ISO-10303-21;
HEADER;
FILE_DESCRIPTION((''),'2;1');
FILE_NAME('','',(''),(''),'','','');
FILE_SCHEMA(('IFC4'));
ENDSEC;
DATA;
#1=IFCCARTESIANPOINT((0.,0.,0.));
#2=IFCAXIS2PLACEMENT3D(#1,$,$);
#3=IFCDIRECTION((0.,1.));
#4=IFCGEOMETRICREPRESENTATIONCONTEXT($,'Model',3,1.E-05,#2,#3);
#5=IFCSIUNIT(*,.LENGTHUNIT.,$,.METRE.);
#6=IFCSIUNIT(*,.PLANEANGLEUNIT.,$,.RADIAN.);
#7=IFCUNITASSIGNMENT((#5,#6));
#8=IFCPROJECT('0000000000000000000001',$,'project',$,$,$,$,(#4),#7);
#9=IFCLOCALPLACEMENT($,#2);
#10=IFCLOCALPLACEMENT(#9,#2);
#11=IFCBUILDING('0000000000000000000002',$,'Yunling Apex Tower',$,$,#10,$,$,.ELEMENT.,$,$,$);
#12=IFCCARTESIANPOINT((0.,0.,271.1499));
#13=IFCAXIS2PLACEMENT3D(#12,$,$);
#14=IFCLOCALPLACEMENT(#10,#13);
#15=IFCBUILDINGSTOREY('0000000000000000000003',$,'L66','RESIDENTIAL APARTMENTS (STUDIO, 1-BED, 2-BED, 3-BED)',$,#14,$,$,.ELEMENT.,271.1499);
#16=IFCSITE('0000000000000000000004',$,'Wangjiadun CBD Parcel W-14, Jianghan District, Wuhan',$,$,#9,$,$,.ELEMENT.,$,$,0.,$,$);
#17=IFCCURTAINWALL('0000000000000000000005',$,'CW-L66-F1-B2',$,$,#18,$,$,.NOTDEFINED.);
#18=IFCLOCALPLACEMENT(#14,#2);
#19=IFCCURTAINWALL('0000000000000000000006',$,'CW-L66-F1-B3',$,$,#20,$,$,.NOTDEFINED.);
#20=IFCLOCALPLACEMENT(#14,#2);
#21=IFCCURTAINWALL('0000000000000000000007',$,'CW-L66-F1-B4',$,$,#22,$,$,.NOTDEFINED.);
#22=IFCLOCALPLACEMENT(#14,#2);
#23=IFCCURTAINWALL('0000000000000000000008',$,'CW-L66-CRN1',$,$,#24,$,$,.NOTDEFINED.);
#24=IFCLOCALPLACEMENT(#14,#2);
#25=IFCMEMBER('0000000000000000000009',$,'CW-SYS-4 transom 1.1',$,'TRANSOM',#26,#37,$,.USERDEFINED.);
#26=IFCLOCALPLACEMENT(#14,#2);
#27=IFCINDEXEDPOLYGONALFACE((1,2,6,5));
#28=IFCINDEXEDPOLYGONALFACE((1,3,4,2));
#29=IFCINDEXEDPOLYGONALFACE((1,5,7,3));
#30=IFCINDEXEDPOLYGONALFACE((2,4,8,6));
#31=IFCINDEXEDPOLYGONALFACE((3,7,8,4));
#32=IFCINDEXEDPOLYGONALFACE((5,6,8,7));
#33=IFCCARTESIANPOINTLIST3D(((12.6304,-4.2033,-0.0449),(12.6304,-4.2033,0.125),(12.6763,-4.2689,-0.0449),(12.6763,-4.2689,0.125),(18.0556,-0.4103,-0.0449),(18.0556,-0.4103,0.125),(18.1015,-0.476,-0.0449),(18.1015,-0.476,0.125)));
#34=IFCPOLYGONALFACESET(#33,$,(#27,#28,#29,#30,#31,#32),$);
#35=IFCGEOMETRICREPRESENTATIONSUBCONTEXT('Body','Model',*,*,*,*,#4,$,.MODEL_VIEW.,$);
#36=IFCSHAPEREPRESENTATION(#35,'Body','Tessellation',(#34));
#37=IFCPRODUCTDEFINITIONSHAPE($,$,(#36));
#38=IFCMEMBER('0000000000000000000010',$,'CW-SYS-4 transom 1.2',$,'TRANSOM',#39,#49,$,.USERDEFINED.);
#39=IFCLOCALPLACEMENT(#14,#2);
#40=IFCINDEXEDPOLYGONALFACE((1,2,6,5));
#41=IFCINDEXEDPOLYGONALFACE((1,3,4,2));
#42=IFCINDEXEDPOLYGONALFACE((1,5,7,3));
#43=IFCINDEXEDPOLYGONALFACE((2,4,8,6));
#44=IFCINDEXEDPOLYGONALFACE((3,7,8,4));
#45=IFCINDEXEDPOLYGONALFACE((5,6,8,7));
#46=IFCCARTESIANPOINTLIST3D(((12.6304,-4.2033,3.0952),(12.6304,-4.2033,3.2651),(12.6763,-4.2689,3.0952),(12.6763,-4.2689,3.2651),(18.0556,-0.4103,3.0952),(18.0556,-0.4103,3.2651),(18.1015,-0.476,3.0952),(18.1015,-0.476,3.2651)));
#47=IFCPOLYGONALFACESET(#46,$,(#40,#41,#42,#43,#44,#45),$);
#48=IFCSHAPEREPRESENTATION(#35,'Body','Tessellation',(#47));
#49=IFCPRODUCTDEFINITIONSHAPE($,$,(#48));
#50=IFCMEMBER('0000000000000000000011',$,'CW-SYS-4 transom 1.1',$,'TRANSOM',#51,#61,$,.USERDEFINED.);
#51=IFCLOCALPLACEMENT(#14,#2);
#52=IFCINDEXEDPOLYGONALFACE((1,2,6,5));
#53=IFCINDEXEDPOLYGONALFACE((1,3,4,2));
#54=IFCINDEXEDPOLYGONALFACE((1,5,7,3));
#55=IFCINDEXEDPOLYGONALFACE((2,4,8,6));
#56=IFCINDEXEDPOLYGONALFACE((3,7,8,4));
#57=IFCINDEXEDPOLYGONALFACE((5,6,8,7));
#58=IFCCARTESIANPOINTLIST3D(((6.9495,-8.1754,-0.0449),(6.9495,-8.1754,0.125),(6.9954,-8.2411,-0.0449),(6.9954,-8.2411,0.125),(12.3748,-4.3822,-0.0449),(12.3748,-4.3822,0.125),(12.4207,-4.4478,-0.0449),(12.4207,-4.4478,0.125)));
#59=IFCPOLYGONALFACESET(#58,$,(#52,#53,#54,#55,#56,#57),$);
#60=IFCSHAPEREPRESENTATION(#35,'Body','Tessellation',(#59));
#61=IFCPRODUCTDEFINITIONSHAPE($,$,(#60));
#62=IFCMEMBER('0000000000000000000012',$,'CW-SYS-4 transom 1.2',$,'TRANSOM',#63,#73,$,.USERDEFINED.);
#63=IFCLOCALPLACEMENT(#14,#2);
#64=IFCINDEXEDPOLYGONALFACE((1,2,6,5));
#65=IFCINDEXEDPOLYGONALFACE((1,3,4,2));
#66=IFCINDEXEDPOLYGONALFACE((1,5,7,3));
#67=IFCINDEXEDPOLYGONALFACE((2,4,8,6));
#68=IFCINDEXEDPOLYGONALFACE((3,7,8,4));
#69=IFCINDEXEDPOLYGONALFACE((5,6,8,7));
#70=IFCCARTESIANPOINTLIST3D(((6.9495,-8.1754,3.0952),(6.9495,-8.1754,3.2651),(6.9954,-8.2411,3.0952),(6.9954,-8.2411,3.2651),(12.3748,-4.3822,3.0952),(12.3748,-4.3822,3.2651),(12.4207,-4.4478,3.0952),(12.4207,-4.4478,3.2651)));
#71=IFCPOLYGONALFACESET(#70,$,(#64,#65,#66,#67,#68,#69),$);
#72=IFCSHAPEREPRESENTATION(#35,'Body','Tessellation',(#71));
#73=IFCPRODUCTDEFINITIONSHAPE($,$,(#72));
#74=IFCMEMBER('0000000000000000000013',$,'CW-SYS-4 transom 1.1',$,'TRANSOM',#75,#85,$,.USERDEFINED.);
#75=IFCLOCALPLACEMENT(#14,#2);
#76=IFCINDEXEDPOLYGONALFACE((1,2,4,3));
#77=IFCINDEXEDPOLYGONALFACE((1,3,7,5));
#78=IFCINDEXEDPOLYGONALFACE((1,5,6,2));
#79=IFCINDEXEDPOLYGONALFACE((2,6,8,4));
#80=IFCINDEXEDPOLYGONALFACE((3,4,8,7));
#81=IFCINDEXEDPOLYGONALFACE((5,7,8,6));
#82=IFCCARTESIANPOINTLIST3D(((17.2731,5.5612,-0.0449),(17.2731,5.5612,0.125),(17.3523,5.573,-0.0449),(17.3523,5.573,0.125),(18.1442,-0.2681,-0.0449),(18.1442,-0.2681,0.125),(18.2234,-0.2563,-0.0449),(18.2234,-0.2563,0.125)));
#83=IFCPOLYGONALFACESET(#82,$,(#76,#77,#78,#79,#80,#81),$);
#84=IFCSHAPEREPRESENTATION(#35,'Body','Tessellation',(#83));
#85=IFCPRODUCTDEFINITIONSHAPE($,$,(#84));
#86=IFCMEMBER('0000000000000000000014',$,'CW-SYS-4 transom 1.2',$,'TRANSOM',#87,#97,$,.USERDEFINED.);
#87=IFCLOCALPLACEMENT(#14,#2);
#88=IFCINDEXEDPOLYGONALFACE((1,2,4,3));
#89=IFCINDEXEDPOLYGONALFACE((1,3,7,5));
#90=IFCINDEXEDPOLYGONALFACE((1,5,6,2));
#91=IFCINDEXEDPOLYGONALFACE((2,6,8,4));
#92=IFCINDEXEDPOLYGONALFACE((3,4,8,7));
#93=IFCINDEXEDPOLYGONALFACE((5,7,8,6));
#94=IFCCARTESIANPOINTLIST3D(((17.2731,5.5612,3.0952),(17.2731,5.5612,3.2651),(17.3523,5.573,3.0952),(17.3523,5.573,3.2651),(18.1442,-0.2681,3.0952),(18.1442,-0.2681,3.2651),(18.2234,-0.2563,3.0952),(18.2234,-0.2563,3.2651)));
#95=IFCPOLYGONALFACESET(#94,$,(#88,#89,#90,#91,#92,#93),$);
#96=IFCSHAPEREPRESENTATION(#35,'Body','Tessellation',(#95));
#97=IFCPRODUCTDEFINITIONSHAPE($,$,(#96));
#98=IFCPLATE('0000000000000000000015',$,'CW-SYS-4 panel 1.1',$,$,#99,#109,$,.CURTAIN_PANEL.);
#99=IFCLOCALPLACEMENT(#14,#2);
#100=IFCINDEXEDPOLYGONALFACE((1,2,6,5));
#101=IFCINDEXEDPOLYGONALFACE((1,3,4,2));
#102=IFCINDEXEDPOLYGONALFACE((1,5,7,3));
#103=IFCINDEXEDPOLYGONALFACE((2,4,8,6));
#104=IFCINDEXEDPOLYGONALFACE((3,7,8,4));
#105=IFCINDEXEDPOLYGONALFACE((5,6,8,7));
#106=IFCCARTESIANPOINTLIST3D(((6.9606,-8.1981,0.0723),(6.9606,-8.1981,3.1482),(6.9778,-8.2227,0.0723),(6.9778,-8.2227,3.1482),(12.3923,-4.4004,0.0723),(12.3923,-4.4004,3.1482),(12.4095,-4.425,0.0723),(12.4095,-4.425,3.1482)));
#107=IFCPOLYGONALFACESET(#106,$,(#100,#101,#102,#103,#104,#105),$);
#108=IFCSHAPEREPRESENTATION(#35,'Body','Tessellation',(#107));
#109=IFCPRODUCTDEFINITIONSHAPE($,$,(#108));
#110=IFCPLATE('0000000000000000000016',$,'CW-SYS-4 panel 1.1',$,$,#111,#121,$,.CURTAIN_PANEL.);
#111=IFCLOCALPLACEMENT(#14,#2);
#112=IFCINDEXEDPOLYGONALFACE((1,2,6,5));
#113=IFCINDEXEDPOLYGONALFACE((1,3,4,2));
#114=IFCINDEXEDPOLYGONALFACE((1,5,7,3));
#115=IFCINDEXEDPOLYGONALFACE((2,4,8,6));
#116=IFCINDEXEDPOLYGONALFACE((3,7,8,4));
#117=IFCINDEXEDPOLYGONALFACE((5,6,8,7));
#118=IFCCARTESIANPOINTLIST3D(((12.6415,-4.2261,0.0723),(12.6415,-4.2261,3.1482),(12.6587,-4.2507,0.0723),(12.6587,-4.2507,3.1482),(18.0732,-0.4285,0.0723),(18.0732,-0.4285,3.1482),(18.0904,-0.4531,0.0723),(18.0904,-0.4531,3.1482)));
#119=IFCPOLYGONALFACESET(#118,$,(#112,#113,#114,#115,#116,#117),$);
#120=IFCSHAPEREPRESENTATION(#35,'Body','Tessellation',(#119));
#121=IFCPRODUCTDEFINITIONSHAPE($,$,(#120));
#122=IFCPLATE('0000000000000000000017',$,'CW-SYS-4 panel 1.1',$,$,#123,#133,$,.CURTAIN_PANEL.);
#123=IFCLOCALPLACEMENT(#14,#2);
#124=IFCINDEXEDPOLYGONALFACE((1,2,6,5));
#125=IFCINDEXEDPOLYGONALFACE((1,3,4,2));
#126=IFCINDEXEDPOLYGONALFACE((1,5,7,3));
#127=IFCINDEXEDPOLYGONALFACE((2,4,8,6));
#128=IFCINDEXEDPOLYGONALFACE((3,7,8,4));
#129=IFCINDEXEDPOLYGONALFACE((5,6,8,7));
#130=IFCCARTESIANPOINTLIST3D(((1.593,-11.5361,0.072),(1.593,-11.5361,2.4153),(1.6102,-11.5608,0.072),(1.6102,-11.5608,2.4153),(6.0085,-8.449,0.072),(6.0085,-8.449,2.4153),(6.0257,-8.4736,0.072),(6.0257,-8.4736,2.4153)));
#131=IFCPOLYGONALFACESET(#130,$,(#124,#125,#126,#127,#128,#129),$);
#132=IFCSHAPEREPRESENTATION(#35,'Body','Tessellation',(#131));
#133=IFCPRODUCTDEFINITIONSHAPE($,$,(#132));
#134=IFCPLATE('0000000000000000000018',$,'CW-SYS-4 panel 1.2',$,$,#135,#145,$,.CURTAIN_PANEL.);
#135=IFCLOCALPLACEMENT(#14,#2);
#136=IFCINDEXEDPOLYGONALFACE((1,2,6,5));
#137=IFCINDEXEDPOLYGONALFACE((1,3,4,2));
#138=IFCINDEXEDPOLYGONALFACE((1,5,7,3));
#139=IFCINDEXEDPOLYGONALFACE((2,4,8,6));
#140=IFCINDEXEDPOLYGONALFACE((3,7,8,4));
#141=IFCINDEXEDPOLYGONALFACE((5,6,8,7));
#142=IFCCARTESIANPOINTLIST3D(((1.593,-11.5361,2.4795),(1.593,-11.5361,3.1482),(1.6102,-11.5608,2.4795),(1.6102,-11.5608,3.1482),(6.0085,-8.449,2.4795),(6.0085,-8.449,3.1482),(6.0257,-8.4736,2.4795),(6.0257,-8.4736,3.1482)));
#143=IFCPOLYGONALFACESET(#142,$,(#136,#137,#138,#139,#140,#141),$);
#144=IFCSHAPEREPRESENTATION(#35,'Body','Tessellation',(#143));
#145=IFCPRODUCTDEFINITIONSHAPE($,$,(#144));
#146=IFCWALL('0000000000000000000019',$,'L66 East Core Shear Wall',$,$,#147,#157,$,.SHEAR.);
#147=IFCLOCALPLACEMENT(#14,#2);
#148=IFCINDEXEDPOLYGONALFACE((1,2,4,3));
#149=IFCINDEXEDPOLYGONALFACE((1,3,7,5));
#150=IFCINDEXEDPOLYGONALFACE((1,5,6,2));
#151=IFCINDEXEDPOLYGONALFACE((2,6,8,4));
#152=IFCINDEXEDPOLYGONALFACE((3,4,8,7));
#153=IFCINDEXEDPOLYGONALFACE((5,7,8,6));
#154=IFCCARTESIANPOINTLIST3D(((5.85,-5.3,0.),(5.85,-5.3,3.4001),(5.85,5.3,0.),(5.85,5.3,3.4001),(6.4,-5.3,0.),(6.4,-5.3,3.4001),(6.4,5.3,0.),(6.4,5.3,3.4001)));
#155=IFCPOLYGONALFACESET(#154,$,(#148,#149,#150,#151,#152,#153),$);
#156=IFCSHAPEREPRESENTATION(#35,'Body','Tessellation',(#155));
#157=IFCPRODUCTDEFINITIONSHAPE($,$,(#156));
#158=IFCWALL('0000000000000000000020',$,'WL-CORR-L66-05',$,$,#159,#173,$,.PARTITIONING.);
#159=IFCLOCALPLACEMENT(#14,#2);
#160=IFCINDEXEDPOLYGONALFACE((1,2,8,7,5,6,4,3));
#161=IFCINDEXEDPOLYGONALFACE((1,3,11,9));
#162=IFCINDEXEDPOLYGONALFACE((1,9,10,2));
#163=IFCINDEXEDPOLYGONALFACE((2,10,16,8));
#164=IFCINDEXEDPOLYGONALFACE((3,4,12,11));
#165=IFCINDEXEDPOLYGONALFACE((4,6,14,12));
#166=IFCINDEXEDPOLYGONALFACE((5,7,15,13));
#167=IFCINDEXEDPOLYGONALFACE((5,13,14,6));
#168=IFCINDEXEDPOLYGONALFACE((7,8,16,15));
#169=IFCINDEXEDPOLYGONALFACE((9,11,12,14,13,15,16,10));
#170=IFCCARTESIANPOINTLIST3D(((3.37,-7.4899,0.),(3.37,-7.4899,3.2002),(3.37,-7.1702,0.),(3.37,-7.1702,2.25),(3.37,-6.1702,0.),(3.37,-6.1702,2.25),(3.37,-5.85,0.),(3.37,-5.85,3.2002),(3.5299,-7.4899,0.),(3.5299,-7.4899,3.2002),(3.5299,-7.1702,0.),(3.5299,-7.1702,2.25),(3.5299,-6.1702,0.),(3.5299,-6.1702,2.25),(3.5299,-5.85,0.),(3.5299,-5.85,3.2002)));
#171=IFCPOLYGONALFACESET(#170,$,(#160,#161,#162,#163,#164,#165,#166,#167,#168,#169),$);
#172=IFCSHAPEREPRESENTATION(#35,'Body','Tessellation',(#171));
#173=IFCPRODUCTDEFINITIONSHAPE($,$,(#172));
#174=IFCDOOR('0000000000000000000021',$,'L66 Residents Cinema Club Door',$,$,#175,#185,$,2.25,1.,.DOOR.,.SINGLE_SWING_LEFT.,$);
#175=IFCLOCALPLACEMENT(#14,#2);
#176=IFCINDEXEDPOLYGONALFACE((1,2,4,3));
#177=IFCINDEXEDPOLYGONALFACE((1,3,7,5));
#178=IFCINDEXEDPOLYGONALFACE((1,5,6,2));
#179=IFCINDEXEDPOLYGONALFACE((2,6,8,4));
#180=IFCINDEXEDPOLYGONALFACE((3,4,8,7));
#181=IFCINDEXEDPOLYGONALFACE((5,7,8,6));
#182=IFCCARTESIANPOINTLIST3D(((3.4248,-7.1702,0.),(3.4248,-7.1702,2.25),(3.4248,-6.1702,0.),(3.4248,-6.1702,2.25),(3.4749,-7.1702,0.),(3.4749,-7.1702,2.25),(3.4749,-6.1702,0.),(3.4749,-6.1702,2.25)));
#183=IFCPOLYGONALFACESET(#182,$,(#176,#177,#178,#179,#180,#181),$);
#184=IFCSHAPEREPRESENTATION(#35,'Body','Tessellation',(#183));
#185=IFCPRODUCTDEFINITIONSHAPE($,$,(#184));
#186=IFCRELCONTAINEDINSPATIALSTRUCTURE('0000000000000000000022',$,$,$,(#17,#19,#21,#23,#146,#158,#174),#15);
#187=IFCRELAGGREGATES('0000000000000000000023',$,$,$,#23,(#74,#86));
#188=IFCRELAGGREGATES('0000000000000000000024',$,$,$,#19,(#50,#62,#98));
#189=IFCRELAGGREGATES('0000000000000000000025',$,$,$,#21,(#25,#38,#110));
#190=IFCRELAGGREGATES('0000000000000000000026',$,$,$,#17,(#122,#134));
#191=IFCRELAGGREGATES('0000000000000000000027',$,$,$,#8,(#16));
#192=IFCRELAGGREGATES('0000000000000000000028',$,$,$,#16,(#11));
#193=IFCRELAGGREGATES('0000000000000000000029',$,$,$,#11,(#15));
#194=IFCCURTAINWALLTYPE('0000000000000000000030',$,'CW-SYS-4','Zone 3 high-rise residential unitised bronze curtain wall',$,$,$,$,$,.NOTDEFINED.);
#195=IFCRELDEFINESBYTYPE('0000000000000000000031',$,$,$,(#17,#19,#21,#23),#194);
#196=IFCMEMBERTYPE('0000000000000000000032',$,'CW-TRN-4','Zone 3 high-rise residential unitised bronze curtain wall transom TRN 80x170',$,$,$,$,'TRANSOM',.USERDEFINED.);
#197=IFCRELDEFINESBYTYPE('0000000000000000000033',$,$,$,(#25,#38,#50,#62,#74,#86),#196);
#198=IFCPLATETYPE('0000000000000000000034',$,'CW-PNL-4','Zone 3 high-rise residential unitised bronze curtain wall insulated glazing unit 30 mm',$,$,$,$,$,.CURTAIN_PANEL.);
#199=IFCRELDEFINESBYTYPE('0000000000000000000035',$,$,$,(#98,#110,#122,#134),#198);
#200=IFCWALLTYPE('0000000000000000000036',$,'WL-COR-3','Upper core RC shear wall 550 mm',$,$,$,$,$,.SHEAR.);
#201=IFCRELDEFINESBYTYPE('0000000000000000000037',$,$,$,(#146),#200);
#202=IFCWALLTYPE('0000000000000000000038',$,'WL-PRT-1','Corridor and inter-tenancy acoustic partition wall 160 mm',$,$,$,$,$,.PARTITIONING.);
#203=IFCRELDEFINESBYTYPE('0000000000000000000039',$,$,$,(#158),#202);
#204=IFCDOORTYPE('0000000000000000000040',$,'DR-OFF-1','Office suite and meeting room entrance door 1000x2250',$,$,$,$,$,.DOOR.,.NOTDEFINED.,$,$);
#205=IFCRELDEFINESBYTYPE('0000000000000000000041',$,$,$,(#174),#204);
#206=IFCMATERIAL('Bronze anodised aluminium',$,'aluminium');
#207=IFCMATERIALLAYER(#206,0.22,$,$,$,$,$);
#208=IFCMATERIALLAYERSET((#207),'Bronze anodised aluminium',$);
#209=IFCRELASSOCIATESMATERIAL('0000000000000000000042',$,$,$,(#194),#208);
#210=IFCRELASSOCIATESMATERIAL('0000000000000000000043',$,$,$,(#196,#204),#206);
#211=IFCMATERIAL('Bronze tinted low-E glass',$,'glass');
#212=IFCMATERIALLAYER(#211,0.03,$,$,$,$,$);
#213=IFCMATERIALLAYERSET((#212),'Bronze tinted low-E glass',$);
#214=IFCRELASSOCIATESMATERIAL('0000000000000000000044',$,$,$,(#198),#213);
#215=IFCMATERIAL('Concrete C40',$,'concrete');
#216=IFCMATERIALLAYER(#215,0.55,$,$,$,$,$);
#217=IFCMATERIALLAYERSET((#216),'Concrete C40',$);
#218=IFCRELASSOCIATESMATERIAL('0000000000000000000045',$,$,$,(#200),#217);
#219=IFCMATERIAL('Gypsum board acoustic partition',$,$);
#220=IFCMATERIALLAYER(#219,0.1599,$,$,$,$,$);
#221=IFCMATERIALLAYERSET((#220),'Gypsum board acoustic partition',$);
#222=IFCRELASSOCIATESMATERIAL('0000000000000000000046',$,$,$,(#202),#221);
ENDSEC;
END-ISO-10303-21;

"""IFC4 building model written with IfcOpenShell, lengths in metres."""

from ifc_helpers import new_model, si_unit, direction, frame, frame_2d, origin, origin_2d, place, context, subcontext, project, spatial, rectangle, extrude, source, transform, mapped, material, layer, layer_set, material_profile, profile_set, type_object, element, fill, aggregate, save


model = new_model("IFC4")

# Units and contexts
model_context = context("Model", 3, precision=1e-05, world=origin(), true_north=direction((0.0, 1.0)))
body_context = subcontext(model_context, "Body", "Model", "MODEL_VIEW")
ifc_project = project(units=[si_unit("LENGTHUNIT", "METRE"), si_unit("PLANEANGLEUNIT", "RADIAN")], contexts=[model_context])

# Site, building, storey
site_placement = place(None, origin())
site = spatial("IfcSite", under=ifc_project, at=site_placement, Name="Wangjiadun CBD Parcel W-14, Jianghan District, Wuhan", CompositionType="ELEMENT", RefElevation=0.0)
building_placement = place(site_placement, origin())
building = spatial("IfcBuilding", under=site, at=building_placement, Name="Yunling Apex Tower", CompositionType="ELEMENT")
storey_placement = place(building_placement, frame((0.0, 0.0, 271.1499)))
storey = spatial("IfcBuildingStorey", under=building, at=storey_placement, Name="L66", Description="RESIDENTIAL APARTMENTS (STUDIO, 1-BED, 2-BED, 3-BED)", CompositionType="ELEMENT", Elevation=271.1499)

# Curtain wall
ifc_material_1 = material(Name="Bronze anodised aluminium", Category="aluminium")
ifc_layer_1 = layer(ifc_material_1, 0.22)
ifc_layer_set_1 = layer_set([ifc_layer_1], Name="Bronze anodised aluminium")
curtain_wall_type = type_object("IfcCurtainWallType", Name="CW-SYS-4", Description="Zone 3 high-rise residential unitised bronze curtain wall", PredefinedType="NOTDEFINED", material=ifc_layer_set_1)
curtain_wall_1_placement = place(storey_placement, origin())
curtain_wall_1 = element("IfcCurtainWall", 1, at=curtain_wall_1_placement, inside=storey, type_object=curtain_wall_type, Name="CW-L66-F1-B2", PredefinedType="NOTDEFINED")

# Curtain walls
curtain_wall_2_placement = place(storey_placement, origin())
curtain_wall_2 = element("IfcCurtainWall", 2, at=curtain_wall_2_placement, inside=storey, type_object=curtain_wall_type, Name="CW-L66-F1-B3", PredefinedType="NOTDEFINED")
curtain_wall_3_placement = place(storey_placement, origin())
curtain_wall_3 = element("IfcCurtainWall", 3, at=curtain_wall_3_placement, inside=storey, type_object=curtain_wall_type, Name="CW-L66-F1-B4", PredefinedType="NOTDEFINED")

# Curtain wall
curtain_wall_4_placement = place(storey_placement, origin())
curtain_wall_4 = element("IfcCurtainWall", 4, at=curtain_wall_4_placement, inside=storey, type_object=curtain_wall_type, Name="CW-L66-CRN1", PredefinedType="NOTDEFINED")

# Members
ifc_material_profile_1 = material_profile(ifc_material_1, rectangle(XDim=0.0801, YDim=0.1699, at=origin_2d()))
ifc_profile_set_1 = profile_set([ifc_material_profile_1], Name="Bronze anodised aluminium")
member_type_1 = type_object("IfcMemberType", Name="CW-TRN-4", Description="Zone 3 high-rise residential unitised bronze curtain wall transom TRN 80x170", ElementType="TRANSOM", PredefinedType="USERDEFINED", material=ifc_profile_set_1)
shared_shape_1 = source(origin(), body_context, "Body", "SweptSolid", [
    extrude(rectangle(XDim=0.0801, YDim=0.1699, at=origin_2d()), origin(), (0.0, 0.0, 1.0), 6.6196),
])
member_1_placement = place(storey_placement, frame((12.6533, -4.2361, 0.04), z_axis=(0.819568, 0.572982, 0.0), x_axis=(-0.572982, 0.819568, 0.0)))
member_1 = element("IfcMember", 5, at=member_1_placement, type_object=member_type_1, Name="CW-SYS-4 transom 1.1", ObjectType="TRANSOM", PredefinedType="USERDEFINED", context=body_context, shape_type="MappedRepresentation", body=[
    mapped(shared_shape_1, transform((0.0, 0.0, 0.0), scale=1.0)),
])
member_2_placement = place(storey_placement, frame((12.6533, -4.2361, 3.1802), z_axis=(0.819568, 0.572982, 0.0), x_axis=(-0.572982, 0.819568, 0.0)))
member_2 = element("IfcMember", 6, at=member_2_placement, type_object=member_type_1, Name="CW-SYS-4 transom 1.2", ObjectType="TRANSOM", PredefinedType="USERDEFINED", context=body_context, shape_type="MappedRepresentation", body=[
    mapped(shared_shape_1, transform((0.0, 0.0, 0.0), scale=1.0)),
])
shared_shape_2 = source(origin(), body_context, "Body", "SweptSolid", [
    extrude(rectangle(XDim=0.0801, YDim=0.1699, at=origin_2d()), origin(), (0.0, 0.0, 1.0), 6.6199),
])
member_3_placement = place(storey_placement, frame((6.9724, -8.2083, 0.04), z_axis=(0.819551, 0.573007, 0.0), x_axis=(-0.573007, 0.819551, 0.0)))
member_3 = element("IfcMember", 7, at=member_3_placement, type_object=member_type_1, Name="CW-SYS-4 transom 1.1", ObjectType="TRANSOM", PredefinedType="USERDEFINED", context=body_context, shape_type="MappedRepresentation", body=[
    mapped(shared_shape_2, transform((0.0, 0.0, 0.0), scale=1.0)),
])
member_4_placement = place(storey_placement, frame((6.9724, -8.2083, 3.1802), z_axis=(0.819551, 0.573007, 0.0), x_axis=(-0.573007, 0.819551, 0.0)))
member_4 = element("IfcMember", 8, at=member_4_placement, type_object=member_type_1, Name="CW-SYS-4 transom 1.2", ObjectType="TRANSOM", PredefinedType="USERDEFINED", context=body_context, shape_type="MappedRepresentation", body=[
    mapped(shared_shape_2, transform((0.0, 0.0, 0.0), scale=1.0)),
])
shared_shape_3 = source(origin(), body_context, "Body", "SweptSolid", [
    extrude(rectangle(XDim=0.0801, YDim=0.1699, at=origin_2d()), origin(), (0.0, 0.0, 1.0), 5.894),
])
member_5_placement = place(storey_placement, frame((18.1838, -0.2622, 0.04), z_axis=(-0.147792, 0.989019, 0.0), x_axis=(-0.989019, -0.147792, 0.0)))
member_5 = element("IfcMember", 9, at=member_5_placement, type_object=member_type_1, Name="CW-SYS-4 transom 1.1", ObjectType="TRANSOM", PredefinedType="USERDEFINED", context=body_context, shape_type="MappedRepresentation", body=[
    mapped(shared_shape_3, transform((0.0, 0.0, 0.0), scale=1.0)),
])
member_6_placement = place(storey_placement, frame((18.1838, -0.2622, 3.1802), z_axis=(-0.147792, 0.989019, 0.0), x_axis=(-0.989019, -0.147792, 0.0)))
member_6 = element("IfcMember", 10, at=member_6_placement, type_object=member_type_1, Name="CW-SYS-4 transom 1.2", ObjectType="TRANSOM", PredefinedType="USERDEFINED", context=body_context, shape_type="MappedRepresentation", body=[
    mapped(shared_shape_3, transform((0.0, 0.0, 0.0), scale=1.0)),
])
aggregate(curtain_wall_4, [member_5, member_6])

# Plates
ifc_material_2 = material(Name="Bronze tinted low-E glass", Category="glass")
ifc_layer_2 = layer(ifc_material_2, 0.03)
ifc_layer_set_2 = layer_set([ifc_layer_2], Name="Bronze tinted low-E glass")
plate_type = type_object("IfcPlateType", Name="CW-PNL-4", Description="Zone 3 high-rise residential unitised bronze curtain wall insulated glazing unit 30 mm", PredefinedType="CURTAIN_PANEL", material=ifc_layer_set_2)
shared_shape_4 = source(origin(), body_context, "Body", "SweptSolid", [
    extrude(rectangle(XDim=6.6277, YDim=0.03, at=origin_2d()), origin(), (0.0, 0.0, 1.0), 3.0759),
])
plate_1_placement = place(storey_placement, frame((9.6851, -6.3115, 0.0723), z_axis=(0.0, 0.0, 1.0), x_axis=(0.819548, 0.57301, 0.0)))
plate_1 = element("IfcPlate", 11, at=plate_1_placement, type_object=plate_type, Name="CW-SYS-4 panel 1.1", PredefinedType="CURTAIN_PANEL", context=body_context, shape_type="MappedRepresentation", body=[
    mapped(shared_shape_4, transform((0.0, 0.0, 0.0), scale=1.0)),
])
aggregate(curtain_wall_2, [member_3, member_4, plate_1])
plate_2_placement = place(storey_placement, frame((15.366, -2.3396, 0.0723), z_axis=(0.0, 0.0, 1.0), x_axis=(0.819555, 0.573, 0.0)))
plate_2 = element("IfcPlate", 12, at=plate_2_placement, type_object=plate_type, Name="CW-SYS-4 panel 1.1", PredefinedType="CURTAIN_PANEL", context=body_context, shape_type="MappedRepresentation", body=[
    mapped(shared_shape_4, transform((0.0, 0.0, 0.0), scale=1.0)),
])
aggregate(curtain_wall_3, [member_1, member_2, plate_2])
shared_shape_5 = source(origin(), body_context, "Body", "SweptSolid", [
    extrude(rectangle(XDim=5.3877, YDim=0.03, at=origin_2d()), origin(), (0.0, 0.0, 1.0), 2.3433),
])
plate_3_placement = place(storey_placement, frame((3.8093, -10.0049, 0.072), z_axis=(0.0, 0.0, 1.0), x_axis=(0.819556, 0.572999, 0.0)))
plate_3 = element("IfcPlate", 13, at=plate_3_placement, type_object=plate_type, Name="CW-SYS-4 panel 1.1", PredefinedType="CURTAIN_PANEL", context=body_context, shape_type="MappedRepresentation", body=[
    mapped(shared_shape_5, transform((0.0, 0.0, 0.0), scale=1.0)),
])
shared_shape_6 = source(origin(), body_context, "Body", "SweptSolid", [
    extrude(rectangle(XDim=5.3877, YDim=0.03, at=origin_2d()), origin(), (0.0, 0.0, 1.0), 0.6687),
])
plate_4_placement = place(storey_placement, frame((3.8093, -10.0049, 2.4795), z_axis=(0.0, 0.0, 1.0), x_axis=(0.819556, 0.572999, 0.0)))
plate_4 = element("IfcPlate", 14, at=plate_4_placement, type_object=plate_type, Name="CW-SYS-4 panel 1.2", PredefinedType="CURTAIN_PANEL", context=body_context, shape_type="MappedRepresentation", body=[
    mapped(shared_shape_6, transform((0.0, 0.0, 0.0), scale=1.0)),
])
aggregate(curtain_wall_1, [plate_3, plate_4])

# Wall
ifc_material_3 = material(Name="Concrete C40", Category="concrete")
ifc_layer_3 = layer(ifc_material_3, 0.55)
ifc_layer_set_3 = layer_set([ifc_layer_3], Name="Concrete C40")
wall_type_1 = type_object("IfcWallType", Name="WL-COR-3", Description="Upper core RC shear wall 550 mm", PredefinedType="SHEAR", material=ifc_layer_set_3)
wall_1_placement = place(storey_placement, frame((6.125, -5.3, 0.0), z_axis=(0.0, 0.0, 1.0), x_axis=(0.0, 1.0, 0.0)))
element("IfcWall", 15, at=wall_1_placement, inside=storey, type_object=wall_type_1, Name="L66 East Core Shear Wall", PredefinedType="SHEAR", context=body_context, shape_type="SweptSolid", body=[
    extrude(rectangle(XDim=10.6001, YDim=0.55, at=frame_2d((5.3, 0.0))), origin(), (0.0, 0.0, 1.0), 3.4001),
])

# Wall, opening, door
ifc_material_4 = material(Name="Gypsum board acoustic partition")
ifc_layer_4 = layer(ifc_material_4, 0.1599)
ifc_layer_set_4 = layer_set([ifc_layer_4], Name="Gypsum board acoustic partition")
wall_type_2 = type_object("IfcWallType", Name="WL-PRT-1", Description="Corridor and inter-tenancy acoustic partition wall 160 mm", PredefinedType="PARTITIONING", material=ifc_layer_set_4)
wall_2_placement = place(storey_placement, frame((3.45, -5.8501, 0.0), z_axis=(0.0, 0.0, 1.0), x_axis=(0.0, -1.0, 0.0)))
wall_2 = element("IfcWall", 16, at=wall_2_placement, inside=storey, type_object=wall_type_2, Name="WL-CORR-L66-05", PredefinedType="PARTITIONING", context=body_context, shape_type="SweptSolid", body=[
    extrude(rectangle(XDim=1.6399, YDim=0.1599, at=frame_2d((0.8198, 0.0))), origin(), (0.0, 0.0, 1.0), 3.2002),
])
opening_1_placement = place(wall_2_placement, frame((0.3201, 0.0, 0.0)))
opening_1 = element("IfcOpeningElement", 17, at=opening_1_placement, cuts=wall_2, PredefinedType="OPENING", context=body_context, shape_type="SweptSolid", body=[
    extrude(rectangle(XDim=1.0, YDim=2.25, at=frame_2d((0.5, 1.125))), frame((0.0, 0.0898, 0.0), z_axis=(0.0, -1.0, 0.0), x_axis=(1.0, 0.0, 0.0)), (0.0, 0.0, 1.0), 0.1799),
])
door_type_1 = type_object("IfcDoorType", Name="DR-OFF-1", Description="Office suite and meeting room entrance door 1000x2250", OperationType="NOTDEFINED", PredefinedType="DOOR", material=ifc_material_1)
door_1_placement = place(opening_1_placement, origin())
door_1 = element("IfcDoor", 18, at=door_1_placement, inside=storey, type_object=door_type_1, Name="L66 Residents Cinema Club Door", OperationType="SINGLE_SWING_LEFT", OverallHeight=2.25, OverallWidth=1.0, PredefinedType="DOOR", context=body_context, shape_type="SweptSolid", body=[
    extrude(rectangle(XDim=1.0, YDim=2.25, at=frame_2d((0.5, 1.125))), frame((0.0, 0.0249, 0.0), z_axis=(0.0, -1.0, 0.0), x_axis=(1.0, 0.0, 0.0)), (0.0, 0.0, 1.0), 0.05),
])
fill(opening_1, door_1)

save(model, "model.ifc")
